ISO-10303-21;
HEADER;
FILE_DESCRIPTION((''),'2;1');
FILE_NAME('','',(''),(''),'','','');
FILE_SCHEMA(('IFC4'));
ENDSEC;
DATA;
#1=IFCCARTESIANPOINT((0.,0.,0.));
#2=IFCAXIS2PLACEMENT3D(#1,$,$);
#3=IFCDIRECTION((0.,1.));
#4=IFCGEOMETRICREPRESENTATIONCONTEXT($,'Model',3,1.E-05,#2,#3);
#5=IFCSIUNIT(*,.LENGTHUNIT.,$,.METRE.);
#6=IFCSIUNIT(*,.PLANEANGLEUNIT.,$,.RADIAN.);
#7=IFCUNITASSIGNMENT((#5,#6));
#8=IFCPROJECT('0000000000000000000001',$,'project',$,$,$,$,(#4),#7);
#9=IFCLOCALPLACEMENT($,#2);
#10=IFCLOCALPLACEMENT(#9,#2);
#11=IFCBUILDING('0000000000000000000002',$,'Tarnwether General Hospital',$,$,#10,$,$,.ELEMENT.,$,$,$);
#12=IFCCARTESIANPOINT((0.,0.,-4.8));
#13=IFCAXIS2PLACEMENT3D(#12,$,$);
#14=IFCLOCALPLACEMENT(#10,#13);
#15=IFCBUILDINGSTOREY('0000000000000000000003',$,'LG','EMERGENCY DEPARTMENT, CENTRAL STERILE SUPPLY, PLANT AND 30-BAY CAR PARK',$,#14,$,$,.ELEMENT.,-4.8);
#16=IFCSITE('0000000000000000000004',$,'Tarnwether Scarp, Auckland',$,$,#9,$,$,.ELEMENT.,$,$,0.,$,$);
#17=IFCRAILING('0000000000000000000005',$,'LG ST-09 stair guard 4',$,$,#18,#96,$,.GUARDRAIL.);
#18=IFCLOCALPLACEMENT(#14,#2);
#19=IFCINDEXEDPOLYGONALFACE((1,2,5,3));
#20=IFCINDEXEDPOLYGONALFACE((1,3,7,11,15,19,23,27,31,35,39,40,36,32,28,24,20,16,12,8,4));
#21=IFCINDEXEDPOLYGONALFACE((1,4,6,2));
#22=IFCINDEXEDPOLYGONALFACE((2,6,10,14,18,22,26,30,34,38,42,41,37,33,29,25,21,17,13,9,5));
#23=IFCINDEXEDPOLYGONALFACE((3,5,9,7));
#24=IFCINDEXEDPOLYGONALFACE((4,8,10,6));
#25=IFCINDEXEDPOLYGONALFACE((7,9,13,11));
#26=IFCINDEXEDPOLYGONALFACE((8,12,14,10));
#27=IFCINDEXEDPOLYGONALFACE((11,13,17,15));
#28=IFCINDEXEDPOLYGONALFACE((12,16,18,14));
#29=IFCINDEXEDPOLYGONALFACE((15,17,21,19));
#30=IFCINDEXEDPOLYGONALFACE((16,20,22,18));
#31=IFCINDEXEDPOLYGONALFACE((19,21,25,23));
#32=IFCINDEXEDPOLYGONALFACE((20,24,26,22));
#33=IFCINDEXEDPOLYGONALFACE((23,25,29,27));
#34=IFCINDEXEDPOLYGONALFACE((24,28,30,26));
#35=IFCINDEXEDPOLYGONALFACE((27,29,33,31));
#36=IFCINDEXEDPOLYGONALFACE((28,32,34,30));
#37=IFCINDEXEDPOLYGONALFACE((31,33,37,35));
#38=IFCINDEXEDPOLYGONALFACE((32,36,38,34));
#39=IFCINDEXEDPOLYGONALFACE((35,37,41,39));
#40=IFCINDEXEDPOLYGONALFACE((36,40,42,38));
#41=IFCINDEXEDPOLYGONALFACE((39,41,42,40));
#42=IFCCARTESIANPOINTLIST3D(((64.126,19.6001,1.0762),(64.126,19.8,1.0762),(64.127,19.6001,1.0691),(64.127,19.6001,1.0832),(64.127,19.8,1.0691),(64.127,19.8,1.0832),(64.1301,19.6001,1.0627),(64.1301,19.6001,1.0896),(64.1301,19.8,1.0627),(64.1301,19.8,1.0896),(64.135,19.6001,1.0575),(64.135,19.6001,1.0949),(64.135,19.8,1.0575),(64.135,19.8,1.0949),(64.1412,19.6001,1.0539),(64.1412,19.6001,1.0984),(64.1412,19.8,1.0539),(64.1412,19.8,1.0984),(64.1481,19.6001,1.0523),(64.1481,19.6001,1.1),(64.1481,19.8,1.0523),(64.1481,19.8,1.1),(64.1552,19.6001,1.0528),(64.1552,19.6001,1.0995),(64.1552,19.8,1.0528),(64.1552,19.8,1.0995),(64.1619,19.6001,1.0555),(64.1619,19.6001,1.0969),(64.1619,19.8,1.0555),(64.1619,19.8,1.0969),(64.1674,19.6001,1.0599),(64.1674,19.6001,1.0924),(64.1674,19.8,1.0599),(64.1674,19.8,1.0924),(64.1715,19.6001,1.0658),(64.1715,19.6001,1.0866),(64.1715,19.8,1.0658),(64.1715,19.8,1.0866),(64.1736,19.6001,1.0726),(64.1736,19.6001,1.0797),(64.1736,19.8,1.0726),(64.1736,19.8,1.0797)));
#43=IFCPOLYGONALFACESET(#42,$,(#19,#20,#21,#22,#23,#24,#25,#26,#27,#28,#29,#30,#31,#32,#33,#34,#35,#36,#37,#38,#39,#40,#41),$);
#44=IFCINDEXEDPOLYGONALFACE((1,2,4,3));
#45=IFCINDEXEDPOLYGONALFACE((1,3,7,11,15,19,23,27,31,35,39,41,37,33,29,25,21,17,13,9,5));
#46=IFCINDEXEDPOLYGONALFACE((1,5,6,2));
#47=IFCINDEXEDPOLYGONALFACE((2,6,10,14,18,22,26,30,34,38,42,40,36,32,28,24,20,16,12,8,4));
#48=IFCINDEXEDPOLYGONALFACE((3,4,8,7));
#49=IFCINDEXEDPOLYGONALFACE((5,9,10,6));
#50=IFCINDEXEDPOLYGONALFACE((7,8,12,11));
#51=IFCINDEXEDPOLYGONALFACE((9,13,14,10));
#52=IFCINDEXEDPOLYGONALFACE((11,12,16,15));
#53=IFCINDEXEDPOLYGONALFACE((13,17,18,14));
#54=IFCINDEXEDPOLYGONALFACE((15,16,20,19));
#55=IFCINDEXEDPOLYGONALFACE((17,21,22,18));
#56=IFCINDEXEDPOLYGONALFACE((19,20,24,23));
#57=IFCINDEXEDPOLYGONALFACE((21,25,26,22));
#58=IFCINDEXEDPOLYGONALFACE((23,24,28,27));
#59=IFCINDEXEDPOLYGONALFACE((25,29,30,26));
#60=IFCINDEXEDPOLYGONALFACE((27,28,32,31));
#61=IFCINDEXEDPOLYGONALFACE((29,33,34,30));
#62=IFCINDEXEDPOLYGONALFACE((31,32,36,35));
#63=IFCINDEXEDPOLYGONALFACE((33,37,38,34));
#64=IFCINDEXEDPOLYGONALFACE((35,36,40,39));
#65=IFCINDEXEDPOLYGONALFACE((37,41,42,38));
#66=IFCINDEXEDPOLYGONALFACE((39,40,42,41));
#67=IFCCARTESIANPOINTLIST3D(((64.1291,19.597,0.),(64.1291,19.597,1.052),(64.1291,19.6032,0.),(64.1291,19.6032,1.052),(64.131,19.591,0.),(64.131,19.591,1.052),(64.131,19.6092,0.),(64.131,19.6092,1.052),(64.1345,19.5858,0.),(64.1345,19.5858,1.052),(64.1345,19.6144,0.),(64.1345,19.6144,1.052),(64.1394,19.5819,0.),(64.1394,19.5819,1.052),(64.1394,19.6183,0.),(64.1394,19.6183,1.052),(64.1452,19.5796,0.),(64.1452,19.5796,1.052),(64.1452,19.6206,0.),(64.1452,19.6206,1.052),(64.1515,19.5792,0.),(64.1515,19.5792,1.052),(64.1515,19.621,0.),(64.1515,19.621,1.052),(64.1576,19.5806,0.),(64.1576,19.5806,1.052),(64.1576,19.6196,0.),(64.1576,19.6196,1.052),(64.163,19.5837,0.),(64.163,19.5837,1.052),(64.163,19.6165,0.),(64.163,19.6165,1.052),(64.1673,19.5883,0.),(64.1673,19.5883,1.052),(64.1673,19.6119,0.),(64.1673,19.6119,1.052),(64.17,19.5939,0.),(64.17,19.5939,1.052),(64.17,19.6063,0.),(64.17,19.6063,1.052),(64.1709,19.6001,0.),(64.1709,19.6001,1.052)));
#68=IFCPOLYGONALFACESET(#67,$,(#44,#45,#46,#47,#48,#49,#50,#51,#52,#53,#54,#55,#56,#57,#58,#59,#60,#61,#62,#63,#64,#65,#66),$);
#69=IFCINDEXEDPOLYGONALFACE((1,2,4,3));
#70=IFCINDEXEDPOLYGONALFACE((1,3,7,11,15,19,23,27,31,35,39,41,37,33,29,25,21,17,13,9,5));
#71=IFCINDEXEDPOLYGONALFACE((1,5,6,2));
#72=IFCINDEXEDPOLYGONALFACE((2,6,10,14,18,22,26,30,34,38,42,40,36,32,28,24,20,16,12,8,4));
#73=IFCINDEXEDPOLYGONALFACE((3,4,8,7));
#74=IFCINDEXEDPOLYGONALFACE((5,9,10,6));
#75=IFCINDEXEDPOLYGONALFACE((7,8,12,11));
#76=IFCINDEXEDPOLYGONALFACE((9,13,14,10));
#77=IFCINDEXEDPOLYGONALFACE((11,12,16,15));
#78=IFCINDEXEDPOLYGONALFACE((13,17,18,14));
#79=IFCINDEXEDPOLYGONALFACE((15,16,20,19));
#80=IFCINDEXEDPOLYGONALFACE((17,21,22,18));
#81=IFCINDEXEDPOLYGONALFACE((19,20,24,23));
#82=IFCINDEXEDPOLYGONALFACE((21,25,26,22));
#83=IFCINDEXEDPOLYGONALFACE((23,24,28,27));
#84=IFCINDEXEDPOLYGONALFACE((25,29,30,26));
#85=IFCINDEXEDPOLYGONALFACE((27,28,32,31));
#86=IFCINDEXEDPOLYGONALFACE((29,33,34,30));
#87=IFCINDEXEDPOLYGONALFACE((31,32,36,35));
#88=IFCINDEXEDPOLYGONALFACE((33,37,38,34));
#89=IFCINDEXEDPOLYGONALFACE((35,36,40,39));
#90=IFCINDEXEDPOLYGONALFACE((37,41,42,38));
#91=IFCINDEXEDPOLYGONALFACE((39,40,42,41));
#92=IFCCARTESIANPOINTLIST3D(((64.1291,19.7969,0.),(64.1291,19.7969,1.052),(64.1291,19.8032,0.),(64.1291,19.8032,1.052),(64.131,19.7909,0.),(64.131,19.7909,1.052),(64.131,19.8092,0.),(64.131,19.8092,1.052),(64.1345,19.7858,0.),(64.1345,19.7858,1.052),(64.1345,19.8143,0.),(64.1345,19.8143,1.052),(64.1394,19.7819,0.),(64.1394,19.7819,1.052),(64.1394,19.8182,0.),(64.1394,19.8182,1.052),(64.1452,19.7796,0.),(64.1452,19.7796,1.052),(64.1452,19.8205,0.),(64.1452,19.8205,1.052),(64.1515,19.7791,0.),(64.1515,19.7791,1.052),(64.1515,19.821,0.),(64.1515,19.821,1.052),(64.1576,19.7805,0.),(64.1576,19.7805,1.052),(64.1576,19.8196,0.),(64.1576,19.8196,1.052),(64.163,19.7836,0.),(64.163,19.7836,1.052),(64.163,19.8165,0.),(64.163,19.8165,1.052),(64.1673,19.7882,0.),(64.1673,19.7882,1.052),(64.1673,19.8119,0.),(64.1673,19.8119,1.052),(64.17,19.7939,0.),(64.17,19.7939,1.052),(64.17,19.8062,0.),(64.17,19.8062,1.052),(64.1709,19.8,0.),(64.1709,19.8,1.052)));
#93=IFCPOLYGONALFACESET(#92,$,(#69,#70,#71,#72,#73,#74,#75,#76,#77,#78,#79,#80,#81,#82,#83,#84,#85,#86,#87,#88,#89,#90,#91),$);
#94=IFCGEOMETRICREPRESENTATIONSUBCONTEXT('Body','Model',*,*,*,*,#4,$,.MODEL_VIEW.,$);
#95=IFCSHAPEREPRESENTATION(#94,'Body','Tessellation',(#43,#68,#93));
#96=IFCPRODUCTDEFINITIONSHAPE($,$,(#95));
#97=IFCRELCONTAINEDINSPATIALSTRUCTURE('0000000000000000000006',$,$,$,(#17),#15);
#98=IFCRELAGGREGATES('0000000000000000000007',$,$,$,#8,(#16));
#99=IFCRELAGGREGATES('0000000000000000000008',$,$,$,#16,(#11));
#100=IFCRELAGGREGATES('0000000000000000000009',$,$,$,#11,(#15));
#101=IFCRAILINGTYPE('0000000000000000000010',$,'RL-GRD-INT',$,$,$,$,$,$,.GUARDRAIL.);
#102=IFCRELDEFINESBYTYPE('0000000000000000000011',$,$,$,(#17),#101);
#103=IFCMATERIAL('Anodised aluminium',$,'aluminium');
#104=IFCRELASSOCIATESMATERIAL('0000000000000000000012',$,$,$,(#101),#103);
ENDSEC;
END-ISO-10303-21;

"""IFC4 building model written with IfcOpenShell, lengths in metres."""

from ifc_helpers import new_model, si_unit, direction, frame, origin, origin_2d, place, context, subcontext, project, spatial, circle, extrude, material, type_object, element, save


model = new_model("IFC4")

# Units and contexts
model_context = context("Model", 3, precision=1e-05, world=origin(), true_north=direction((0.0, 1.0)))
body_context = subcontext(model_context, "Body", "Model", "MODEL_VIEW")
ifc_project = project(units=[si_unit("LENGTHUNIT", "METRE"), si_unit("PLANEANGLEUNIT", "RADIAN")], contexts=[model_context])

# Site, building, storey
site_placement = place(None, origin())
site = spatial("IfcSite", under=ifc_project, at=site_placement, Name="Tarnwether Scarp, Auckland", CompositionType="ELEMENT", RefElevation=0.0)
building_placement = place(site_placement, origin())
building = spatial("IfcBuilding", under=site, at=building_placement, Name="Tarnwether General Hospital", CompositionType="ELEMENT")
storey_placement = place(building_placement, frame((0.0, 0.0, -4.8)))
storey = spatial("IfcBuildingStorey", under=building, at=storey_placement, Name="LG", Description="EMERGENCY DEPARTMENT, CENTRAL STERILE SUPPLY, PLANT AND 30-BAY CAR PARK", CompositionType="ELEMENT", Elevation=-4.8)

# Railing
ifc_material_1 = material(Name="Anodised aluminium", Category="aluminium")
railing_type_1 = type_object("IfcRailingType", Name="RL-GRD-INT", PredefinedType="GUARDRAIL", material=ifc_material_1)
railing_1_placement = place(storey_placement, frame((64.1499, 19.6001, 0.0)))
element("IfcRailing", 1, at=railing_1_placement, inside=storey, type_object=railing_type_1, Name="LG ST-09 stair guard 4", PredefinedType="GUARDRAIL", context=body_context, shape_type="SweptSolid", body=[
    extrude(circle(Radius=0.0239, at=origin_2d()), frame((0.0, 0.0, 1.0762), z_axis=(0.0, 1.0, 0.0), x_axis=(-1.0, 0.0, 0.0)), (0.0, 0.0, 1.0), 0.2),
    extrude(circle(Radius=0.021, at=origin_2d()), origin(), (0.0, 0.0, 1.0), 1.052),
    extrude(circle(Radius=0.021, at=origin_2d()), frame((0.0, 0.2, 0.0)), (0.0, 0.0, 1.0), 1.052),
])

save(model, "model.ifc")
